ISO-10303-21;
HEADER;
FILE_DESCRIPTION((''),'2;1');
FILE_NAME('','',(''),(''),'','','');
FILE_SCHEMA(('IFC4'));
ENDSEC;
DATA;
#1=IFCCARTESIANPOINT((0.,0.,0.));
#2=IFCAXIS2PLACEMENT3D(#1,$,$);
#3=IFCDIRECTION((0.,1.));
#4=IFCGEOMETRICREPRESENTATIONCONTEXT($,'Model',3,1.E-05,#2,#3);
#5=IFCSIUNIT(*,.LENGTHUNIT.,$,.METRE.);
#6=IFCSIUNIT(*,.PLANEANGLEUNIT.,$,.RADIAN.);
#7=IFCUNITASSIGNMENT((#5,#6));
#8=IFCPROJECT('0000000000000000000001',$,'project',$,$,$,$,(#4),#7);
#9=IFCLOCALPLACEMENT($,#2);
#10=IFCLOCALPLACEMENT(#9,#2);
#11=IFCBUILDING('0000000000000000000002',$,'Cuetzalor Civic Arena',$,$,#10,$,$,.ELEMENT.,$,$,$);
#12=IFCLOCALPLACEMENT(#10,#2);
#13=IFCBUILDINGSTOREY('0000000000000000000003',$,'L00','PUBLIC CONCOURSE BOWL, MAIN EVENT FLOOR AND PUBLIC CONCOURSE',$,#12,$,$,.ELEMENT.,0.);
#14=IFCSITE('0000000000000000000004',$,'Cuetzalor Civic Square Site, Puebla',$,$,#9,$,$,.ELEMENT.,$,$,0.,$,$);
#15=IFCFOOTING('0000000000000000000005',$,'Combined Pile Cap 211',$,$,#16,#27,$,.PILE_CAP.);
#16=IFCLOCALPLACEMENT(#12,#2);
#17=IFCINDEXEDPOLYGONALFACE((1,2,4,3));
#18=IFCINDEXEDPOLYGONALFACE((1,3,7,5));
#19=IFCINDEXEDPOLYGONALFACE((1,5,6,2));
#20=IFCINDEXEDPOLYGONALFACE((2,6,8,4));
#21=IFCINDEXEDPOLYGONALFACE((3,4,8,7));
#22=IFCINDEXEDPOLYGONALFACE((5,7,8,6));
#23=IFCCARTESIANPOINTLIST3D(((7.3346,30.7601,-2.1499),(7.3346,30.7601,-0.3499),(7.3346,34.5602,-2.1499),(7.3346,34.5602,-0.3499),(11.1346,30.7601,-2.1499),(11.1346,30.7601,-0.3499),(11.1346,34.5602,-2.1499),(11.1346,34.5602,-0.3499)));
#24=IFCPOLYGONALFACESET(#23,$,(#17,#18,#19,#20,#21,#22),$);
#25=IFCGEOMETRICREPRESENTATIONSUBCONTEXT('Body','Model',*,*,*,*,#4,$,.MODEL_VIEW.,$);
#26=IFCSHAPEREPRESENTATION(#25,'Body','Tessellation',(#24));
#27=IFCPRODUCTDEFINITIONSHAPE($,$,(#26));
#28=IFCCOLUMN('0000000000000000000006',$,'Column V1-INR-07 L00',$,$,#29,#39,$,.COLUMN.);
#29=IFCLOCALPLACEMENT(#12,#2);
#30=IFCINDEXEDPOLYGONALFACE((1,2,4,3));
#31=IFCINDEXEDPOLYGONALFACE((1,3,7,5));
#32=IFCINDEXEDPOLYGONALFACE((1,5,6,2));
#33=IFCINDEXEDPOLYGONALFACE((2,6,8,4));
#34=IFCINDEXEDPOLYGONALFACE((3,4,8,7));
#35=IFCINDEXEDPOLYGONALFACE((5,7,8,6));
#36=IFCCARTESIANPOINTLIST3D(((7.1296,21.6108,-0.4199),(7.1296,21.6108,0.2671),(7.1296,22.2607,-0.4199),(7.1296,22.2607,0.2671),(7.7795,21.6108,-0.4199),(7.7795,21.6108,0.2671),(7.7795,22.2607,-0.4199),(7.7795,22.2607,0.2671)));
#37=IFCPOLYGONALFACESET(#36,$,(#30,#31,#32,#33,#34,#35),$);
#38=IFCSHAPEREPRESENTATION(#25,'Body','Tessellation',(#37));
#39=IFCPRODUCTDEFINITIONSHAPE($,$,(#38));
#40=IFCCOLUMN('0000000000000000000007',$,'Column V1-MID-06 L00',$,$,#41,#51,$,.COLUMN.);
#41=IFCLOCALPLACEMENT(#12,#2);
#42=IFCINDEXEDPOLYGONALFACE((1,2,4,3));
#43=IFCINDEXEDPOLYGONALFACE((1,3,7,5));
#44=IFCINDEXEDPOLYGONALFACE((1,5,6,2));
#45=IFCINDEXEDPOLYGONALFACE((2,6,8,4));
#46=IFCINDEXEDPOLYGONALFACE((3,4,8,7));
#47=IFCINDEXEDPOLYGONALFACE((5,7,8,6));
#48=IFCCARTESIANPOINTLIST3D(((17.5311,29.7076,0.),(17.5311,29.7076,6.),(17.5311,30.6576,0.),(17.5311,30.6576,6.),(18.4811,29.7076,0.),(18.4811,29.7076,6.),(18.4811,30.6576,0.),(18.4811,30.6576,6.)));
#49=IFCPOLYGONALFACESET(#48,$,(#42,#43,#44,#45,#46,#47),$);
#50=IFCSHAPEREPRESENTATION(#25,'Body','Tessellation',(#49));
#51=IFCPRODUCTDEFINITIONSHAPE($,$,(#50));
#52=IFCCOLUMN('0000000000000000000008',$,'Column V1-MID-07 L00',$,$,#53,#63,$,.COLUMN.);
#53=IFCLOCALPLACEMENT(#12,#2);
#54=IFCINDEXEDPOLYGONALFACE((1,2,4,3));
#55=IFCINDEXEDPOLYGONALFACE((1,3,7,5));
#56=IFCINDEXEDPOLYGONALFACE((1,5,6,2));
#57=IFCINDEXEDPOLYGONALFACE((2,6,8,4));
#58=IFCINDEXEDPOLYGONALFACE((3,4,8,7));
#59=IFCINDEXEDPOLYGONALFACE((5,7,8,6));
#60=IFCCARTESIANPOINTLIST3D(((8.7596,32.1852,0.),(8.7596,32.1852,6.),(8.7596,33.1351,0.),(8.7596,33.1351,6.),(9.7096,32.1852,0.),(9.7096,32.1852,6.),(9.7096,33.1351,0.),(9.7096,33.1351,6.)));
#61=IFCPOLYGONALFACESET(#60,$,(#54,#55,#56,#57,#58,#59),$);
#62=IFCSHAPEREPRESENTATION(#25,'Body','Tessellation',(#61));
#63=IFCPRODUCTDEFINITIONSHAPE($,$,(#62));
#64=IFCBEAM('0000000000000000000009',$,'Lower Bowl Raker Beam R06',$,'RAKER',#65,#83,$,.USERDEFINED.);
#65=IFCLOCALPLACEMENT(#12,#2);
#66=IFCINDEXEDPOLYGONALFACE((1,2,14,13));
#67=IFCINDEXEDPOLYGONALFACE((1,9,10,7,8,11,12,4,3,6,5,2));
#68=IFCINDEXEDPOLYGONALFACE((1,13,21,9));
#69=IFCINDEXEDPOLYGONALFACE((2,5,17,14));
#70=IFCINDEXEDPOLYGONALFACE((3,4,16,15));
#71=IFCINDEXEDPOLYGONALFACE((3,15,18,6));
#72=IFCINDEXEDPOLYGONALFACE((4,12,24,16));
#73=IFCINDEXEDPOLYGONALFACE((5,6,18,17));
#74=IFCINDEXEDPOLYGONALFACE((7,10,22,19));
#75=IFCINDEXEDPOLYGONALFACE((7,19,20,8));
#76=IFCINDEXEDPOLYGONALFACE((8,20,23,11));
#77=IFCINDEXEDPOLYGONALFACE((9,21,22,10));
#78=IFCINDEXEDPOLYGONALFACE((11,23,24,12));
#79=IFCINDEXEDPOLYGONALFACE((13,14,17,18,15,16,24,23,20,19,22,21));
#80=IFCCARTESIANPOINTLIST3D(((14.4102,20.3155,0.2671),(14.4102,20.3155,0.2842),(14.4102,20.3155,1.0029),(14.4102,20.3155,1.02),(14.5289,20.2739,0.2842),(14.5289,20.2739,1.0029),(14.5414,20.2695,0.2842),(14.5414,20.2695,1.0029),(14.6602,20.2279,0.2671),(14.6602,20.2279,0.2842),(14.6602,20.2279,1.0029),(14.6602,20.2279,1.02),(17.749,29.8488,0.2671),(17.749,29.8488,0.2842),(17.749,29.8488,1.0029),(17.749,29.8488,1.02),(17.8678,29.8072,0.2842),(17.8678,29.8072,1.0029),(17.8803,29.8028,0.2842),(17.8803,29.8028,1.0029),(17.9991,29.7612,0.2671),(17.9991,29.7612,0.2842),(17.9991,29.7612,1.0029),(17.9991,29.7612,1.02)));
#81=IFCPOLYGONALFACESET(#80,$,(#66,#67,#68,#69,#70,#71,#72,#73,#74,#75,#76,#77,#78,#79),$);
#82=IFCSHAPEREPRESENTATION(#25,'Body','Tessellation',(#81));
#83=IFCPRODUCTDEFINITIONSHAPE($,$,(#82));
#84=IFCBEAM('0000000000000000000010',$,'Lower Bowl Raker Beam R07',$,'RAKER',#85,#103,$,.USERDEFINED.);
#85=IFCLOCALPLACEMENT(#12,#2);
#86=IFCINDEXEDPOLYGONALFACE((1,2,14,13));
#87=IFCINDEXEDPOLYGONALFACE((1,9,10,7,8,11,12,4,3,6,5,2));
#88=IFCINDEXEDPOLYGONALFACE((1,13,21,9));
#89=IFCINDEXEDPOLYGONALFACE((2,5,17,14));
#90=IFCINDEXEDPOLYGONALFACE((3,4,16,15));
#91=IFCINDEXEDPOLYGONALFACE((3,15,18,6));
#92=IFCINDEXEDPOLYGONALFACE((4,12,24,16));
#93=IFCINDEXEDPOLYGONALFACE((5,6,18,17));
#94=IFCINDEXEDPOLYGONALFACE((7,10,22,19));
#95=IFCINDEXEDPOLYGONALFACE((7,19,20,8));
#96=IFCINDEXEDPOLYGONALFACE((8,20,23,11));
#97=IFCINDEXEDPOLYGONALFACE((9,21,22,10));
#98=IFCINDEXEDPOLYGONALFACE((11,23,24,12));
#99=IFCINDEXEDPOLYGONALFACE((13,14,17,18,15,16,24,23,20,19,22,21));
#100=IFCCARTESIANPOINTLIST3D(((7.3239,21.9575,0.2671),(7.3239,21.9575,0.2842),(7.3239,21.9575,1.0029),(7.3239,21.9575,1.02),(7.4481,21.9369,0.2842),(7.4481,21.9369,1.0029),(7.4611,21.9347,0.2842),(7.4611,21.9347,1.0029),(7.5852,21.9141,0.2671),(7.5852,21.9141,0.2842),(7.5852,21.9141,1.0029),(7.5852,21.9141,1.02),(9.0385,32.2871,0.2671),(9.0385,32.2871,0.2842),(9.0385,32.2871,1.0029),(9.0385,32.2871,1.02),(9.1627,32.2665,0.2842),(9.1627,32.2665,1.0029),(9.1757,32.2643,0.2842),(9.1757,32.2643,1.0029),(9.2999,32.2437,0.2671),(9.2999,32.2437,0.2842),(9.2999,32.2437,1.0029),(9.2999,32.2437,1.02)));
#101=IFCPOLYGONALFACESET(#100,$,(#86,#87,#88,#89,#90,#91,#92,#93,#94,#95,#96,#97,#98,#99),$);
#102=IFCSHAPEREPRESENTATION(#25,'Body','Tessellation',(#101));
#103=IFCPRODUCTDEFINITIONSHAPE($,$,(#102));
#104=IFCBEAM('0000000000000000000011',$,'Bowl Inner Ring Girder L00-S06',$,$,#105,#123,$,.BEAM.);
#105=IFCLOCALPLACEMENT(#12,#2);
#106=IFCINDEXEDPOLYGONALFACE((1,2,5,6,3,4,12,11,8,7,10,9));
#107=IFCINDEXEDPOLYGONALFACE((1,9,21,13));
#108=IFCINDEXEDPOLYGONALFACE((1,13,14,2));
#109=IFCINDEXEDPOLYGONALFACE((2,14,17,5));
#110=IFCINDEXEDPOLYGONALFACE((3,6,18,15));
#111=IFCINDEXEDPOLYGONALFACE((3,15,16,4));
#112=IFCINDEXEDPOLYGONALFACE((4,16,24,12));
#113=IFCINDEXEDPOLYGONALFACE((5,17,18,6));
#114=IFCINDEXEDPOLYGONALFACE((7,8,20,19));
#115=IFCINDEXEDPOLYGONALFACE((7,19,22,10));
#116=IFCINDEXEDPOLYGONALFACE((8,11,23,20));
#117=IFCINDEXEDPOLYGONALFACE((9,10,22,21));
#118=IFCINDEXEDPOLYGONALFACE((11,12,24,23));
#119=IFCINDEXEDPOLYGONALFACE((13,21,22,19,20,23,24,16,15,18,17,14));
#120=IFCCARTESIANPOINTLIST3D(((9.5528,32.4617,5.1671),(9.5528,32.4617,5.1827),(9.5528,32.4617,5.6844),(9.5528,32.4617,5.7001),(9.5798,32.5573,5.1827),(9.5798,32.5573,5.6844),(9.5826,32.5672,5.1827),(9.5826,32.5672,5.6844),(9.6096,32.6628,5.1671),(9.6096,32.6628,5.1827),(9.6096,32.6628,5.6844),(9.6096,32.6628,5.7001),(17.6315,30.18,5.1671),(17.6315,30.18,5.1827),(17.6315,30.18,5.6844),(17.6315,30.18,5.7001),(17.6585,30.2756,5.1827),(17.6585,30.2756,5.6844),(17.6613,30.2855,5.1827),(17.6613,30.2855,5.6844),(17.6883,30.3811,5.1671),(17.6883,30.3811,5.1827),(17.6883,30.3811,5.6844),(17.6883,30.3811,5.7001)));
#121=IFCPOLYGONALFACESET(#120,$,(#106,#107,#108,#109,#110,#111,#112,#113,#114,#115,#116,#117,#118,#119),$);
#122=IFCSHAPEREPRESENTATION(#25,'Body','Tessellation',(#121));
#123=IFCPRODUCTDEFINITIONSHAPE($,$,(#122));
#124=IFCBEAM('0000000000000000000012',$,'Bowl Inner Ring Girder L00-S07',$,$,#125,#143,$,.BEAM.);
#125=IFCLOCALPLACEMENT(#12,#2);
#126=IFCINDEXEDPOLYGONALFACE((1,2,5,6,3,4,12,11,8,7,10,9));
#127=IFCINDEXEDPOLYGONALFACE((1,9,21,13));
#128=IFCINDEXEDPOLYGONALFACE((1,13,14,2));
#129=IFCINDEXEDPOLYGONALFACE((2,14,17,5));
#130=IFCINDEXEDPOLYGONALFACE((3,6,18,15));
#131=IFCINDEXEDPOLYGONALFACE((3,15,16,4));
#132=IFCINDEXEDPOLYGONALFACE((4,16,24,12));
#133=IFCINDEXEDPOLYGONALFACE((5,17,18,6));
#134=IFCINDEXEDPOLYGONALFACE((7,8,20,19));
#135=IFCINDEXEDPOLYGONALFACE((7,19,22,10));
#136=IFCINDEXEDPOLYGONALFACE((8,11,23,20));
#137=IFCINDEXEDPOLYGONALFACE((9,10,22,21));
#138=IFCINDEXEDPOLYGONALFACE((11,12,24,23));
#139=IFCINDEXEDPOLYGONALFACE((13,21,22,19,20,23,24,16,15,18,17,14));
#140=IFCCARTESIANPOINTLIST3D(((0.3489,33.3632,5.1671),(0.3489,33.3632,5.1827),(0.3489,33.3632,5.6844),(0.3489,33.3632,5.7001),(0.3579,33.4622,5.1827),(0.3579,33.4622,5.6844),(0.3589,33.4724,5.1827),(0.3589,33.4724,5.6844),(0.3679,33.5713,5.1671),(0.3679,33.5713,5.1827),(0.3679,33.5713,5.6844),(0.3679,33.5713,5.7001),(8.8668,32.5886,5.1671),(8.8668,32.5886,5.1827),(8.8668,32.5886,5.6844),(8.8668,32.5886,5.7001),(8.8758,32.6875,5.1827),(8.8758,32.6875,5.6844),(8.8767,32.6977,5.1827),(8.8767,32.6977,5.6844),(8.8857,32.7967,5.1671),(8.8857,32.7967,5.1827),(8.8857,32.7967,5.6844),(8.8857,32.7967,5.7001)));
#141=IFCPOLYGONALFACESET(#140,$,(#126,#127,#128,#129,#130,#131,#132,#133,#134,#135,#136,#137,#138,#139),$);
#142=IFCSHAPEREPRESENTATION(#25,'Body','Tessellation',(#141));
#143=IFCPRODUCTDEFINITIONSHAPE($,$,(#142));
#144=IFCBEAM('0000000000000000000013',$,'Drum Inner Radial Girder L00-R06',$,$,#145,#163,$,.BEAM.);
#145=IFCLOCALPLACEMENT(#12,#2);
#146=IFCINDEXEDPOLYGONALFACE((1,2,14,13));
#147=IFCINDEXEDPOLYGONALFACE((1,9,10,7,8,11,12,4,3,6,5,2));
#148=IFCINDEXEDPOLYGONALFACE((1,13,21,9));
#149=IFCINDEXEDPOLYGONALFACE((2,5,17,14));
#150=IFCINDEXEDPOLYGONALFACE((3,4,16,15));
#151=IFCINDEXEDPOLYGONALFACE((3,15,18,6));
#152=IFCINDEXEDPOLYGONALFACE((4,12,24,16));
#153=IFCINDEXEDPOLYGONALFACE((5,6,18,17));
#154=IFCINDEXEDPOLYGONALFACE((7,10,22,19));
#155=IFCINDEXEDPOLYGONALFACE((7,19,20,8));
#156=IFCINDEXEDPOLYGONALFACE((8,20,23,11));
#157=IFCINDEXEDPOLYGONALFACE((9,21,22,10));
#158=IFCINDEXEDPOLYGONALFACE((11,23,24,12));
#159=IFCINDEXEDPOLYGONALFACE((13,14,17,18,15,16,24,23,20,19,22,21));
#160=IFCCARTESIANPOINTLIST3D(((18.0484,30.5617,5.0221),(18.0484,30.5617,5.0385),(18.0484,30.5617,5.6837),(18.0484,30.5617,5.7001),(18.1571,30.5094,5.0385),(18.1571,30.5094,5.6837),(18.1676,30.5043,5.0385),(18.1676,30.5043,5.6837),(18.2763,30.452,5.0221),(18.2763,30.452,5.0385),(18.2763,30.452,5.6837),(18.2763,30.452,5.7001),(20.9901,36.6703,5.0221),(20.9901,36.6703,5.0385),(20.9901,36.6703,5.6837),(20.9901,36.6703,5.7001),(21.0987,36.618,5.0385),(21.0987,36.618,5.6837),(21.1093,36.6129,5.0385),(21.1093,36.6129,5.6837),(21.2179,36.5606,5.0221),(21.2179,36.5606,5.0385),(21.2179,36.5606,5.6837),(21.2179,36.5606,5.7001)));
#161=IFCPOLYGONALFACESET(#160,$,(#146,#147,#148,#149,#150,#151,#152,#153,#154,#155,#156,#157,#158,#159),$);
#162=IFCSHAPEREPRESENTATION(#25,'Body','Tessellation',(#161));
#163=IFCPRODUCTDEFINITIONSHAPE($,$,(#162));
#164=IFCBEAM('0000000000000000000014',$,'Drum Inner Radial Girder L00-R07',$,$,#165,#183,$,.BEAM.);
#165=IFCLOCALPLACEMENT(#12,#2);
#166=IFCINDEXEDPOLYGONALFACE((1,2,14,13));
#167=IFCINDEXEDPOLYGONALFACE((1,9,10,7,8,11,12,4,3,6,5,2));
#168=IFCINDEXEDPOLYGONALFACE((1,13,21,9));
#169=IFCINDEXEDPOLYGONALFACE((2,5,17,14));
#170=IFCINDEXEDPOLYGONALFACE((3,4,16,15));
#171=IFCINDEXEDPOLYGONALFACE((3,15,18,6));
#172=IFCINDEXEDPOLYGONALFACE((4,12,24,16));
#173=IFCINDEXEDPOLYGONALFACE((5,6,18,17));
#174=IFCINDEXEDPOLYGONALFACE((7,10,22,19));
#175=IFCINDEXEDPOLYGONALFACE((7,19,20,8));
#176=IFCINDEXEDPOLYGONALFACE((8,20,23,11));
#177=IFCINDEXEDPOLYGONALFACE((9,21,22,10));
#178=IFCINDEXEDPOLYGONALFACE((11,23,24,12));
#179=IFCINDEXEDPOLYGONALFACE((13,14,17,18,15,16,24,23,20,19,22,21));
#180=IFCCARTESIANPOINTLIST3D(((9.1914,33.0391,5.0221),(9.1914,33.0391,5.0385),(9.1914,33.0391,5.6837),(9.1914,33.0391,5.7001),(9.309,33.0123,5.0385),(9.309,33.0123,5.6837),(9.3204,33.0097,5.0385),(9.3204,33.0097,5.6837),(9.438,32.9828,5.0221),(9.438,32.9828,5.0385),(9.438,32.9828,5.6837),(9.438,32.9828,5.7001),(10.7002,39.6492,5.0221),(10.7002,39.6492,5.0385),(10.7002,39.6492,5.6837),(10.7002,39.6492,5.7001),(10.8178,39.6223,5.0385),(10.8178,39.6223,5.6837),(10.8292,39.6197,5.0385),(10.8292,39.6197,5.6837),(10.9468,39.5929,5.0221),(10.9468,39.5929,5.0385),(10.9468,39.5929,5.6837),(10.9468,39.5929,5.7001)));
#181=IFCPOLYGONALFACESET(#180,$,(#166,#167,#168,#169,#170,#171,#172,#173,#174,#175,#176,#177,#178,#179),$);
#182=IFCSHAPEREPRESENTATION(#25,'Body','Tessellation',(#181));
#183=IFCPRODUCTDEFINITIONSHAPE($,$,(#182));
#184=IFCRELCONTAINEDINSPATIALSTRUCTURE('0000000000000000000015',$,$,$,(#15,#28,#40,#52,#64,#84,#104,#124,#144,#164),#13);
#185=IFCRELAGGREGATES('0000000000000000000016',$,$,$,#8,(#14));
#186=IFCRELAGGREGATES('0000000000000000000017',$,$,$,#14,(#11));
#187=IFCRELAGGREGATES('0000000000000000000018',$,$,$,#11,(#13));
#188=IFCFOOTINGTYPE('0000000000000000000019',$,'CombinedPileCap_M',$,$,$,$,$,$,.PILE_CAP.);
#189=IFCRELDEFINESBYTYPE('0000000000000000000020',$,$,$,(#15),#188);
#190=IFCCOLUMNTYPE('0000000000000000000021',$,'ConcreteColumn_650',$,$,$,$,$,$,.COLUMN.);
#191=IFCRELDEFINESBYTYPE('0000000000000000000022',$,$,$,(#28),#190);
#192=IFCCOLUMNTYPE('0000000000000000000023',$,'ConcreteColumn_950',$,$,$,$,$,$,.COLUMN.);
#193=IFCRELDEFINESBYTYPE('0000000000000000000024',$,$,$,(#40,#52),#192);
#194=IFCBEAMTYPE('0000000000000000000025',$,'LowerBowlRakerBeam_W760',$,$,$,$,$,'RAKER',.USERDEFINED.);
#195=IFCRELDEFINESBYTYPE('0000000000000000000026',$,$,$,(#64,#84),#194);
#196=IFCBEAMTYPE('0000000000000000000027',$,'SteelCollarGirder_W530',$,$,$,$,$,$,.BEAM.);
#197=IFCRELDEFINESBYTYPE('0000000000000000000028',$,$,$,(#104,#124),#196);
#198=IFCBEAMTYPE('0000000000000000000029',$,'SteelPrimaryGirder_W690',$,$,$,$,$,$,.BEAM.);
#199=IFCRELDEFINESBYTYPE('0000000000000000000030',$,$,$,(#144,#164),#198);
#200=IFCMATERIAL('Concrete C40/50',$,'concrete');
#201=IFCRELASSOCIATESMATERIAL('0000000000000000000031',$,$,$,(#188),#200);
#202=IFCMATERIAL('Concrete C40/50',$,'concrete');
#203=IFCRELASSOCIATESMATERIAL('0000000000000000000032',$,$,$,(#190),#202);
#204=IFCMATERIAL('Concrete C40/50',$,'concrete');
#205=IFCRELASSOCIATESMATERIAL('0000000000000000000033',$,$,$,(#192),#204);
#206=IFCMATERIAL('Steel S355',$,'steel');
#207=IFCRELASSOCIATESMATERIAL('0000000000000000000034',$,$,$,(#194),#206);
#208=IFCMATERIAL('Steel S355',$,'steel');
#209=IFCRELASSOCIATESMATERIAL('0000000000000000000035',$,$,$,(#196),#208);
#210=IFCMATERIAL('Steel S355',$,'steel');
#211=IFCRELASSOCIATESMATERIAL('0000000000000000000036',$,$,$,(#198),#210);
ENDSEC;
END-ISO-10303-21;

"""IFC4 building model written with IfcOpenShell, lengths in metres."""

from ifc_helpers import new_model, si_unit, direction, frame, origin, origin_2d, place, context, subcontext, project, spatial, rectangle, i_section, extrude, material, material_profile, profile_set, type_object, element, save


model = new_model("IFC4")

# Units and contexts
model_context = context("Model", 3, precision=1e-05, world=origin(), true_north=direction((0.0, 1.0)))
body_context = subcontext(model_context, "Body", "Model", "MODEL_VIEW")
ifc_project = project(units=[si_unit("LENGTHUNIT", "METRE"), si_unit("PLANEANGLEUNIT", "RADIAN")], contexts=[model_context])

# Site, building, storey
site_placement = place(None, origin())
site = spatial("IfcSite", under=ifc_project, at=site_placement, Name="Cuetzalor Civic Square Site, Puebla", CompositionType="ELEMENT", RefElevation=0.0)
building_placement = place(site_placement, origin())
building = spatial("IfcBuilding", under=site, at=building_placement, Name="Cuetzalor Civic Arena", CompositionType="ELEMENT")
storey_placement = place(building_placement, origin())
storey = spatial("IfcBuildingStorey", under=building, at=storey_placement, Name="L00", Description="PUBLIC CONCOURSE BOWL, MAIN EVENT FLOOR AND PUBLIC CONCOURSE", CompositionType="ELEMENT", Elevation=0.0)

# Footing
ifc_material_1 = material(Name="Concrete C40/50", Category="concrete")
footing_type = type_object("IfcFootingType", Name="CombinedPileCap_M", PredefinedType="PILE_CAP", material=ifc_material_1)
for number, where, z_axis, x_axis, name in (
    (1, (9.2346, 32.6602, -2.1499), (0.0, 0.0, 1.0), (1.0, 0.0, 0.0), "Combined Pile Cap 211"),
):
    element("IfcFooting", number, at=place(storey_placement, frame(where, z_axis=z_axis, x_axis=x_axis)), inside=storey, type_object=footing_type, Name=name, PredefinedType="PILE_CAP", context=body_context, shape_type="SweptSolid", body=[
        extrude(rectangle(XDim=3.8, YDim=3.8, at=origin_2d()), origin(), (0.0, 0.0, 1.0), 1.8),
    ])

# Columns
ifc_material_2 = material(Name="Concrete C40/50", Category="concrete")
ifc_material_profile_1 = material_profile(ifc_material_2, rectangle(XDim=0.6499, YDim=0.6499, at=origin_2d()), Name="RC 650x650")
ifc_profile_set_1 = profile_set([ifc_material_profile_1], Name="Concrete C40/50")
column_type_1 = type_object("IfcColumnType", Name="ConcreteColumn_650", PredefinedType="COLUMN", material=ifc_profile_set_1)
column_placement = place(storey_placement, frame((7.4546, 21.9358, -0.4199), z_axis=(0.0, 0.0, 1.0), x_axis=(1.0, 0.0, 0.0)))
element("IfcColumn", 2, at=column_placement, inside=storey, type_object=column_type_1, Name="Column V1-INR-07 L00", PredefinedType="COLUMN", context=body_context, shape_type="SweptSolid", body=[
    extrude(rectangle(XDim=0.6499, YDim=0.6499, at=origin_2d()), origin(), (0.0, 0.0, 1.0), 0.687),
])
ifc_material_3 = material(Name="Concrete C40/50", Category="concrete")
ifc_material_profile_2 = material_profile(ifc_material_3, rectangle(XDim=0.95, YDim=0.95, at=origin_2d()), Name="RC 950x950")
ifc_profile_set_2 = profile_set([ifc_material_profile_2], Name="Concrete C40/50")
column_type_2 = type_object("IfcColumnType", Name="ConcreteColumn_950", PredefinedType="COLUMN", material=ifc_profile_set_2)
for number, where, z_axis, x_axis, name in (
    (3, (18.0061, 30.1826, 0.0), (0.0, 0.0, 1.0), (1.0, 0.0, 0.0), "Column V1-MID-06 L00"),
    (4, (9.2346, 32.6602, 0.0), (0.0, 0.0, 1.0), (1.0, 0.0, 0.0), "Column V1-MID-07 L00"),
):
    element("IfcColumn", number, at=place(storey_placement, frame(where, z_axis=z_axis, x_axis=x_axis)), inside=storey, type_object=column_type_2, Name=name, PredefinedType="COLUMN", context=body_context, shape_type="SweptSolid", body=[
        extrude(rectangle(XDim=0.95, YDim=0.95, at=origin_2d()), origin(), (0.0, 0.0, 1.0), 6.0),
    ])

# Beams
ifc_material_4 = material(Name="Steel S355", Category="steel")
ifc_material_profile_3 = material_profile(ifc_material_4, i_section(OverallWidth=0.2649, OverallDepth=0.7529, WebThickness=0.0132, FlangeThickness=0.0171, at=origin_2d()), Name="W760x147")
ifc_profile_set_3 = profile_set([ifc_material_profile_3], Name="Steel S355")
beam_type_1 = type_object("IfcBeamType", Name="LowerBowlRakerBeam_W760", ElementType="RAKER", PredefinedType="USERDEFINED", material=ifc_profile_set_3)
beam_1_placement = place(storey_placement, frame((14.5352, 20.2717, 0.6436), z_axis=(0.330549, 0.943789, 0.0), x_axis=(-0.943789, 0.330549, 0.0)))
element("IfcBeam", 5, at=beam_1_placement, inside=storey, type_object=beam_type_1, Name="Lower Bowl Raker Beam R06", ObjectType="RAKER", PredefinedType="USERDEFINED", context=body_context, shape_type="SweptSolid", body=[
    extrude(i_section(OverallWidth=0.2649, OverallDepth=0.7529, WebThickness=0.0132, FlangeThickness=0.0171, at=origin_2d()), origin(), (0.0, 0.0, 1.0), 10.1011),
])
beam_2_placement = place(storey_placement, frame((7.4546, 21.9358, 0.6436), z_axis=(0.163749, 0.986502, 0.0), x_axis=(-0.986502, 0.163749, 0.0)))
element("IfcBeam", 6, at=beam_2_placement, inside=storey, type_object=beam_type_1, Name="Lower Bowl Raker Beam R07", ObjectType="RAKER", PredefinedType="USERDEFINED", context=body_context, shape_type="SweptSolid", body=[
    extrude(i_section(OverallWidth=0.2649, OverallDepth=0.7529, WebThickness=0.0132, FlangeThickness=0.0171, at=origin_2d()), origin(), (0.0, 0.0, 1.0), 10.4709),
])
ifc_material_5 = material(Name="Steel S355", Category="steel")
ifc_material_profile_4 = material_profile(ifc_material_5, i_section(OverallWidth=0.209, OverallDepth=0.533, WebThickness=0.0103, FlangeThickness=0.0156, at=origin_2d()), Name="W530x92")
ifc_profile_set_4 = profile_set([ifc_material_profile_4], Name="Steel S355")
beam_type_2 = type_object("IfcBeamType", Name="SteelCollarGirder_W530", PredefinedType="BEAM", material=ifc_profile_set_4)
beam_3_placement = place(storey_placement, frame((17.6599, 30.2805, 5.4336), z_axis=(-0.962354, 0.271801, 0.0), x_axis=(-0.271801, -0.962354, 0.0)))
element("IfcBeam", 7, at=beam_3_placement, inside=storey, type_object=beam_type_2, Name="Bowl Inner Ring Girder L00-S06", PredefinedType="BEAM", context=body_context, shape_type="SweptSolid", body=[
    extrude(i_section(OverallWidth=0.209, OverallDepth=0.533, WebThickness=0.0103, FlangeThickness=0.0156, at=origin_2d()), origin(), (0.0, 0.0, 1.0), 8.3948),
])
beam_4_placement = place(storey_placement, frame((8.8762, 32.6926, 5.4336), z_axis=(-0.99589, 0.090572, 0.0), x_axis=(-0.090572, -0.99589, 0.0)))
element("IfcBeam", 8, at=beam_4_placement, inside=storey, type_object=beam_type_2, Name="Bowl Inner Ring Girder L00-S07", PredefinedType="BEAM", context=body_context, shape_type="SweptSolid", body=[
    extrude(i_section(OverallWidth=0.209, OverallDepth=0.533, WebThickness=0.0103, FlangeThickness=0.0156, at=origin_2d()), origin(), (0.0, 0.0, 1.0), 8.553),
])
ifc_material_6 = material(Name="Steel S355", Category="steel")
ifc_material_profile_5 = material_profile(ifc_material_6, i_section(OverallWidth=0.2529, OverallDepth=0.678, WebThickness=0.0117, FlangeThickness=0.0164, at=origin_2d()), Name="W690x125")
ifc_profile_set_5 = profile_set([ifc_material_profile_5], Name="Steel S355")
beam_type_3 = type_object("IfcBeamType", Name="SteelPrimaryGirder_W690", PredefinedType="BEAM", material=ifc_profile_set_5)
for number, where, z_axis, x_axis, name in (
    (9, (18.1624, 30.5068, 5.3611), (0.43387, 0.900976, 0.0), (-0.900976, 0.43387, 0.0), "Drum Inner Radial Girder L00-R06"),
    (10, (9.3147, 33.011, 5.3611), (0.222531, 0.974926, 0.0), (-0.974926, 0.222531, 0.0), "Drum Inner Radial Girder L00-R07"),
):
    element("IfcBeam", number, at=place(storey_placement, frame(where, z_axis=z_axis, x_axis=x_axis)), inside=storey, type_object=beam_type_3, Name=name, PredefinedType="BEAM", context=body_context, shape_type="SweptSolid", body=[
        extrude(i_section(OverallWidth=0.2529, OverallDepth=0.678, WebThickness=0.0117, FlangeThickness=0.0164, at=origin_2d()), origin(), (0.0, 0.0, 1.0), 6.78),
    ])

save(model, "model.ifc")
